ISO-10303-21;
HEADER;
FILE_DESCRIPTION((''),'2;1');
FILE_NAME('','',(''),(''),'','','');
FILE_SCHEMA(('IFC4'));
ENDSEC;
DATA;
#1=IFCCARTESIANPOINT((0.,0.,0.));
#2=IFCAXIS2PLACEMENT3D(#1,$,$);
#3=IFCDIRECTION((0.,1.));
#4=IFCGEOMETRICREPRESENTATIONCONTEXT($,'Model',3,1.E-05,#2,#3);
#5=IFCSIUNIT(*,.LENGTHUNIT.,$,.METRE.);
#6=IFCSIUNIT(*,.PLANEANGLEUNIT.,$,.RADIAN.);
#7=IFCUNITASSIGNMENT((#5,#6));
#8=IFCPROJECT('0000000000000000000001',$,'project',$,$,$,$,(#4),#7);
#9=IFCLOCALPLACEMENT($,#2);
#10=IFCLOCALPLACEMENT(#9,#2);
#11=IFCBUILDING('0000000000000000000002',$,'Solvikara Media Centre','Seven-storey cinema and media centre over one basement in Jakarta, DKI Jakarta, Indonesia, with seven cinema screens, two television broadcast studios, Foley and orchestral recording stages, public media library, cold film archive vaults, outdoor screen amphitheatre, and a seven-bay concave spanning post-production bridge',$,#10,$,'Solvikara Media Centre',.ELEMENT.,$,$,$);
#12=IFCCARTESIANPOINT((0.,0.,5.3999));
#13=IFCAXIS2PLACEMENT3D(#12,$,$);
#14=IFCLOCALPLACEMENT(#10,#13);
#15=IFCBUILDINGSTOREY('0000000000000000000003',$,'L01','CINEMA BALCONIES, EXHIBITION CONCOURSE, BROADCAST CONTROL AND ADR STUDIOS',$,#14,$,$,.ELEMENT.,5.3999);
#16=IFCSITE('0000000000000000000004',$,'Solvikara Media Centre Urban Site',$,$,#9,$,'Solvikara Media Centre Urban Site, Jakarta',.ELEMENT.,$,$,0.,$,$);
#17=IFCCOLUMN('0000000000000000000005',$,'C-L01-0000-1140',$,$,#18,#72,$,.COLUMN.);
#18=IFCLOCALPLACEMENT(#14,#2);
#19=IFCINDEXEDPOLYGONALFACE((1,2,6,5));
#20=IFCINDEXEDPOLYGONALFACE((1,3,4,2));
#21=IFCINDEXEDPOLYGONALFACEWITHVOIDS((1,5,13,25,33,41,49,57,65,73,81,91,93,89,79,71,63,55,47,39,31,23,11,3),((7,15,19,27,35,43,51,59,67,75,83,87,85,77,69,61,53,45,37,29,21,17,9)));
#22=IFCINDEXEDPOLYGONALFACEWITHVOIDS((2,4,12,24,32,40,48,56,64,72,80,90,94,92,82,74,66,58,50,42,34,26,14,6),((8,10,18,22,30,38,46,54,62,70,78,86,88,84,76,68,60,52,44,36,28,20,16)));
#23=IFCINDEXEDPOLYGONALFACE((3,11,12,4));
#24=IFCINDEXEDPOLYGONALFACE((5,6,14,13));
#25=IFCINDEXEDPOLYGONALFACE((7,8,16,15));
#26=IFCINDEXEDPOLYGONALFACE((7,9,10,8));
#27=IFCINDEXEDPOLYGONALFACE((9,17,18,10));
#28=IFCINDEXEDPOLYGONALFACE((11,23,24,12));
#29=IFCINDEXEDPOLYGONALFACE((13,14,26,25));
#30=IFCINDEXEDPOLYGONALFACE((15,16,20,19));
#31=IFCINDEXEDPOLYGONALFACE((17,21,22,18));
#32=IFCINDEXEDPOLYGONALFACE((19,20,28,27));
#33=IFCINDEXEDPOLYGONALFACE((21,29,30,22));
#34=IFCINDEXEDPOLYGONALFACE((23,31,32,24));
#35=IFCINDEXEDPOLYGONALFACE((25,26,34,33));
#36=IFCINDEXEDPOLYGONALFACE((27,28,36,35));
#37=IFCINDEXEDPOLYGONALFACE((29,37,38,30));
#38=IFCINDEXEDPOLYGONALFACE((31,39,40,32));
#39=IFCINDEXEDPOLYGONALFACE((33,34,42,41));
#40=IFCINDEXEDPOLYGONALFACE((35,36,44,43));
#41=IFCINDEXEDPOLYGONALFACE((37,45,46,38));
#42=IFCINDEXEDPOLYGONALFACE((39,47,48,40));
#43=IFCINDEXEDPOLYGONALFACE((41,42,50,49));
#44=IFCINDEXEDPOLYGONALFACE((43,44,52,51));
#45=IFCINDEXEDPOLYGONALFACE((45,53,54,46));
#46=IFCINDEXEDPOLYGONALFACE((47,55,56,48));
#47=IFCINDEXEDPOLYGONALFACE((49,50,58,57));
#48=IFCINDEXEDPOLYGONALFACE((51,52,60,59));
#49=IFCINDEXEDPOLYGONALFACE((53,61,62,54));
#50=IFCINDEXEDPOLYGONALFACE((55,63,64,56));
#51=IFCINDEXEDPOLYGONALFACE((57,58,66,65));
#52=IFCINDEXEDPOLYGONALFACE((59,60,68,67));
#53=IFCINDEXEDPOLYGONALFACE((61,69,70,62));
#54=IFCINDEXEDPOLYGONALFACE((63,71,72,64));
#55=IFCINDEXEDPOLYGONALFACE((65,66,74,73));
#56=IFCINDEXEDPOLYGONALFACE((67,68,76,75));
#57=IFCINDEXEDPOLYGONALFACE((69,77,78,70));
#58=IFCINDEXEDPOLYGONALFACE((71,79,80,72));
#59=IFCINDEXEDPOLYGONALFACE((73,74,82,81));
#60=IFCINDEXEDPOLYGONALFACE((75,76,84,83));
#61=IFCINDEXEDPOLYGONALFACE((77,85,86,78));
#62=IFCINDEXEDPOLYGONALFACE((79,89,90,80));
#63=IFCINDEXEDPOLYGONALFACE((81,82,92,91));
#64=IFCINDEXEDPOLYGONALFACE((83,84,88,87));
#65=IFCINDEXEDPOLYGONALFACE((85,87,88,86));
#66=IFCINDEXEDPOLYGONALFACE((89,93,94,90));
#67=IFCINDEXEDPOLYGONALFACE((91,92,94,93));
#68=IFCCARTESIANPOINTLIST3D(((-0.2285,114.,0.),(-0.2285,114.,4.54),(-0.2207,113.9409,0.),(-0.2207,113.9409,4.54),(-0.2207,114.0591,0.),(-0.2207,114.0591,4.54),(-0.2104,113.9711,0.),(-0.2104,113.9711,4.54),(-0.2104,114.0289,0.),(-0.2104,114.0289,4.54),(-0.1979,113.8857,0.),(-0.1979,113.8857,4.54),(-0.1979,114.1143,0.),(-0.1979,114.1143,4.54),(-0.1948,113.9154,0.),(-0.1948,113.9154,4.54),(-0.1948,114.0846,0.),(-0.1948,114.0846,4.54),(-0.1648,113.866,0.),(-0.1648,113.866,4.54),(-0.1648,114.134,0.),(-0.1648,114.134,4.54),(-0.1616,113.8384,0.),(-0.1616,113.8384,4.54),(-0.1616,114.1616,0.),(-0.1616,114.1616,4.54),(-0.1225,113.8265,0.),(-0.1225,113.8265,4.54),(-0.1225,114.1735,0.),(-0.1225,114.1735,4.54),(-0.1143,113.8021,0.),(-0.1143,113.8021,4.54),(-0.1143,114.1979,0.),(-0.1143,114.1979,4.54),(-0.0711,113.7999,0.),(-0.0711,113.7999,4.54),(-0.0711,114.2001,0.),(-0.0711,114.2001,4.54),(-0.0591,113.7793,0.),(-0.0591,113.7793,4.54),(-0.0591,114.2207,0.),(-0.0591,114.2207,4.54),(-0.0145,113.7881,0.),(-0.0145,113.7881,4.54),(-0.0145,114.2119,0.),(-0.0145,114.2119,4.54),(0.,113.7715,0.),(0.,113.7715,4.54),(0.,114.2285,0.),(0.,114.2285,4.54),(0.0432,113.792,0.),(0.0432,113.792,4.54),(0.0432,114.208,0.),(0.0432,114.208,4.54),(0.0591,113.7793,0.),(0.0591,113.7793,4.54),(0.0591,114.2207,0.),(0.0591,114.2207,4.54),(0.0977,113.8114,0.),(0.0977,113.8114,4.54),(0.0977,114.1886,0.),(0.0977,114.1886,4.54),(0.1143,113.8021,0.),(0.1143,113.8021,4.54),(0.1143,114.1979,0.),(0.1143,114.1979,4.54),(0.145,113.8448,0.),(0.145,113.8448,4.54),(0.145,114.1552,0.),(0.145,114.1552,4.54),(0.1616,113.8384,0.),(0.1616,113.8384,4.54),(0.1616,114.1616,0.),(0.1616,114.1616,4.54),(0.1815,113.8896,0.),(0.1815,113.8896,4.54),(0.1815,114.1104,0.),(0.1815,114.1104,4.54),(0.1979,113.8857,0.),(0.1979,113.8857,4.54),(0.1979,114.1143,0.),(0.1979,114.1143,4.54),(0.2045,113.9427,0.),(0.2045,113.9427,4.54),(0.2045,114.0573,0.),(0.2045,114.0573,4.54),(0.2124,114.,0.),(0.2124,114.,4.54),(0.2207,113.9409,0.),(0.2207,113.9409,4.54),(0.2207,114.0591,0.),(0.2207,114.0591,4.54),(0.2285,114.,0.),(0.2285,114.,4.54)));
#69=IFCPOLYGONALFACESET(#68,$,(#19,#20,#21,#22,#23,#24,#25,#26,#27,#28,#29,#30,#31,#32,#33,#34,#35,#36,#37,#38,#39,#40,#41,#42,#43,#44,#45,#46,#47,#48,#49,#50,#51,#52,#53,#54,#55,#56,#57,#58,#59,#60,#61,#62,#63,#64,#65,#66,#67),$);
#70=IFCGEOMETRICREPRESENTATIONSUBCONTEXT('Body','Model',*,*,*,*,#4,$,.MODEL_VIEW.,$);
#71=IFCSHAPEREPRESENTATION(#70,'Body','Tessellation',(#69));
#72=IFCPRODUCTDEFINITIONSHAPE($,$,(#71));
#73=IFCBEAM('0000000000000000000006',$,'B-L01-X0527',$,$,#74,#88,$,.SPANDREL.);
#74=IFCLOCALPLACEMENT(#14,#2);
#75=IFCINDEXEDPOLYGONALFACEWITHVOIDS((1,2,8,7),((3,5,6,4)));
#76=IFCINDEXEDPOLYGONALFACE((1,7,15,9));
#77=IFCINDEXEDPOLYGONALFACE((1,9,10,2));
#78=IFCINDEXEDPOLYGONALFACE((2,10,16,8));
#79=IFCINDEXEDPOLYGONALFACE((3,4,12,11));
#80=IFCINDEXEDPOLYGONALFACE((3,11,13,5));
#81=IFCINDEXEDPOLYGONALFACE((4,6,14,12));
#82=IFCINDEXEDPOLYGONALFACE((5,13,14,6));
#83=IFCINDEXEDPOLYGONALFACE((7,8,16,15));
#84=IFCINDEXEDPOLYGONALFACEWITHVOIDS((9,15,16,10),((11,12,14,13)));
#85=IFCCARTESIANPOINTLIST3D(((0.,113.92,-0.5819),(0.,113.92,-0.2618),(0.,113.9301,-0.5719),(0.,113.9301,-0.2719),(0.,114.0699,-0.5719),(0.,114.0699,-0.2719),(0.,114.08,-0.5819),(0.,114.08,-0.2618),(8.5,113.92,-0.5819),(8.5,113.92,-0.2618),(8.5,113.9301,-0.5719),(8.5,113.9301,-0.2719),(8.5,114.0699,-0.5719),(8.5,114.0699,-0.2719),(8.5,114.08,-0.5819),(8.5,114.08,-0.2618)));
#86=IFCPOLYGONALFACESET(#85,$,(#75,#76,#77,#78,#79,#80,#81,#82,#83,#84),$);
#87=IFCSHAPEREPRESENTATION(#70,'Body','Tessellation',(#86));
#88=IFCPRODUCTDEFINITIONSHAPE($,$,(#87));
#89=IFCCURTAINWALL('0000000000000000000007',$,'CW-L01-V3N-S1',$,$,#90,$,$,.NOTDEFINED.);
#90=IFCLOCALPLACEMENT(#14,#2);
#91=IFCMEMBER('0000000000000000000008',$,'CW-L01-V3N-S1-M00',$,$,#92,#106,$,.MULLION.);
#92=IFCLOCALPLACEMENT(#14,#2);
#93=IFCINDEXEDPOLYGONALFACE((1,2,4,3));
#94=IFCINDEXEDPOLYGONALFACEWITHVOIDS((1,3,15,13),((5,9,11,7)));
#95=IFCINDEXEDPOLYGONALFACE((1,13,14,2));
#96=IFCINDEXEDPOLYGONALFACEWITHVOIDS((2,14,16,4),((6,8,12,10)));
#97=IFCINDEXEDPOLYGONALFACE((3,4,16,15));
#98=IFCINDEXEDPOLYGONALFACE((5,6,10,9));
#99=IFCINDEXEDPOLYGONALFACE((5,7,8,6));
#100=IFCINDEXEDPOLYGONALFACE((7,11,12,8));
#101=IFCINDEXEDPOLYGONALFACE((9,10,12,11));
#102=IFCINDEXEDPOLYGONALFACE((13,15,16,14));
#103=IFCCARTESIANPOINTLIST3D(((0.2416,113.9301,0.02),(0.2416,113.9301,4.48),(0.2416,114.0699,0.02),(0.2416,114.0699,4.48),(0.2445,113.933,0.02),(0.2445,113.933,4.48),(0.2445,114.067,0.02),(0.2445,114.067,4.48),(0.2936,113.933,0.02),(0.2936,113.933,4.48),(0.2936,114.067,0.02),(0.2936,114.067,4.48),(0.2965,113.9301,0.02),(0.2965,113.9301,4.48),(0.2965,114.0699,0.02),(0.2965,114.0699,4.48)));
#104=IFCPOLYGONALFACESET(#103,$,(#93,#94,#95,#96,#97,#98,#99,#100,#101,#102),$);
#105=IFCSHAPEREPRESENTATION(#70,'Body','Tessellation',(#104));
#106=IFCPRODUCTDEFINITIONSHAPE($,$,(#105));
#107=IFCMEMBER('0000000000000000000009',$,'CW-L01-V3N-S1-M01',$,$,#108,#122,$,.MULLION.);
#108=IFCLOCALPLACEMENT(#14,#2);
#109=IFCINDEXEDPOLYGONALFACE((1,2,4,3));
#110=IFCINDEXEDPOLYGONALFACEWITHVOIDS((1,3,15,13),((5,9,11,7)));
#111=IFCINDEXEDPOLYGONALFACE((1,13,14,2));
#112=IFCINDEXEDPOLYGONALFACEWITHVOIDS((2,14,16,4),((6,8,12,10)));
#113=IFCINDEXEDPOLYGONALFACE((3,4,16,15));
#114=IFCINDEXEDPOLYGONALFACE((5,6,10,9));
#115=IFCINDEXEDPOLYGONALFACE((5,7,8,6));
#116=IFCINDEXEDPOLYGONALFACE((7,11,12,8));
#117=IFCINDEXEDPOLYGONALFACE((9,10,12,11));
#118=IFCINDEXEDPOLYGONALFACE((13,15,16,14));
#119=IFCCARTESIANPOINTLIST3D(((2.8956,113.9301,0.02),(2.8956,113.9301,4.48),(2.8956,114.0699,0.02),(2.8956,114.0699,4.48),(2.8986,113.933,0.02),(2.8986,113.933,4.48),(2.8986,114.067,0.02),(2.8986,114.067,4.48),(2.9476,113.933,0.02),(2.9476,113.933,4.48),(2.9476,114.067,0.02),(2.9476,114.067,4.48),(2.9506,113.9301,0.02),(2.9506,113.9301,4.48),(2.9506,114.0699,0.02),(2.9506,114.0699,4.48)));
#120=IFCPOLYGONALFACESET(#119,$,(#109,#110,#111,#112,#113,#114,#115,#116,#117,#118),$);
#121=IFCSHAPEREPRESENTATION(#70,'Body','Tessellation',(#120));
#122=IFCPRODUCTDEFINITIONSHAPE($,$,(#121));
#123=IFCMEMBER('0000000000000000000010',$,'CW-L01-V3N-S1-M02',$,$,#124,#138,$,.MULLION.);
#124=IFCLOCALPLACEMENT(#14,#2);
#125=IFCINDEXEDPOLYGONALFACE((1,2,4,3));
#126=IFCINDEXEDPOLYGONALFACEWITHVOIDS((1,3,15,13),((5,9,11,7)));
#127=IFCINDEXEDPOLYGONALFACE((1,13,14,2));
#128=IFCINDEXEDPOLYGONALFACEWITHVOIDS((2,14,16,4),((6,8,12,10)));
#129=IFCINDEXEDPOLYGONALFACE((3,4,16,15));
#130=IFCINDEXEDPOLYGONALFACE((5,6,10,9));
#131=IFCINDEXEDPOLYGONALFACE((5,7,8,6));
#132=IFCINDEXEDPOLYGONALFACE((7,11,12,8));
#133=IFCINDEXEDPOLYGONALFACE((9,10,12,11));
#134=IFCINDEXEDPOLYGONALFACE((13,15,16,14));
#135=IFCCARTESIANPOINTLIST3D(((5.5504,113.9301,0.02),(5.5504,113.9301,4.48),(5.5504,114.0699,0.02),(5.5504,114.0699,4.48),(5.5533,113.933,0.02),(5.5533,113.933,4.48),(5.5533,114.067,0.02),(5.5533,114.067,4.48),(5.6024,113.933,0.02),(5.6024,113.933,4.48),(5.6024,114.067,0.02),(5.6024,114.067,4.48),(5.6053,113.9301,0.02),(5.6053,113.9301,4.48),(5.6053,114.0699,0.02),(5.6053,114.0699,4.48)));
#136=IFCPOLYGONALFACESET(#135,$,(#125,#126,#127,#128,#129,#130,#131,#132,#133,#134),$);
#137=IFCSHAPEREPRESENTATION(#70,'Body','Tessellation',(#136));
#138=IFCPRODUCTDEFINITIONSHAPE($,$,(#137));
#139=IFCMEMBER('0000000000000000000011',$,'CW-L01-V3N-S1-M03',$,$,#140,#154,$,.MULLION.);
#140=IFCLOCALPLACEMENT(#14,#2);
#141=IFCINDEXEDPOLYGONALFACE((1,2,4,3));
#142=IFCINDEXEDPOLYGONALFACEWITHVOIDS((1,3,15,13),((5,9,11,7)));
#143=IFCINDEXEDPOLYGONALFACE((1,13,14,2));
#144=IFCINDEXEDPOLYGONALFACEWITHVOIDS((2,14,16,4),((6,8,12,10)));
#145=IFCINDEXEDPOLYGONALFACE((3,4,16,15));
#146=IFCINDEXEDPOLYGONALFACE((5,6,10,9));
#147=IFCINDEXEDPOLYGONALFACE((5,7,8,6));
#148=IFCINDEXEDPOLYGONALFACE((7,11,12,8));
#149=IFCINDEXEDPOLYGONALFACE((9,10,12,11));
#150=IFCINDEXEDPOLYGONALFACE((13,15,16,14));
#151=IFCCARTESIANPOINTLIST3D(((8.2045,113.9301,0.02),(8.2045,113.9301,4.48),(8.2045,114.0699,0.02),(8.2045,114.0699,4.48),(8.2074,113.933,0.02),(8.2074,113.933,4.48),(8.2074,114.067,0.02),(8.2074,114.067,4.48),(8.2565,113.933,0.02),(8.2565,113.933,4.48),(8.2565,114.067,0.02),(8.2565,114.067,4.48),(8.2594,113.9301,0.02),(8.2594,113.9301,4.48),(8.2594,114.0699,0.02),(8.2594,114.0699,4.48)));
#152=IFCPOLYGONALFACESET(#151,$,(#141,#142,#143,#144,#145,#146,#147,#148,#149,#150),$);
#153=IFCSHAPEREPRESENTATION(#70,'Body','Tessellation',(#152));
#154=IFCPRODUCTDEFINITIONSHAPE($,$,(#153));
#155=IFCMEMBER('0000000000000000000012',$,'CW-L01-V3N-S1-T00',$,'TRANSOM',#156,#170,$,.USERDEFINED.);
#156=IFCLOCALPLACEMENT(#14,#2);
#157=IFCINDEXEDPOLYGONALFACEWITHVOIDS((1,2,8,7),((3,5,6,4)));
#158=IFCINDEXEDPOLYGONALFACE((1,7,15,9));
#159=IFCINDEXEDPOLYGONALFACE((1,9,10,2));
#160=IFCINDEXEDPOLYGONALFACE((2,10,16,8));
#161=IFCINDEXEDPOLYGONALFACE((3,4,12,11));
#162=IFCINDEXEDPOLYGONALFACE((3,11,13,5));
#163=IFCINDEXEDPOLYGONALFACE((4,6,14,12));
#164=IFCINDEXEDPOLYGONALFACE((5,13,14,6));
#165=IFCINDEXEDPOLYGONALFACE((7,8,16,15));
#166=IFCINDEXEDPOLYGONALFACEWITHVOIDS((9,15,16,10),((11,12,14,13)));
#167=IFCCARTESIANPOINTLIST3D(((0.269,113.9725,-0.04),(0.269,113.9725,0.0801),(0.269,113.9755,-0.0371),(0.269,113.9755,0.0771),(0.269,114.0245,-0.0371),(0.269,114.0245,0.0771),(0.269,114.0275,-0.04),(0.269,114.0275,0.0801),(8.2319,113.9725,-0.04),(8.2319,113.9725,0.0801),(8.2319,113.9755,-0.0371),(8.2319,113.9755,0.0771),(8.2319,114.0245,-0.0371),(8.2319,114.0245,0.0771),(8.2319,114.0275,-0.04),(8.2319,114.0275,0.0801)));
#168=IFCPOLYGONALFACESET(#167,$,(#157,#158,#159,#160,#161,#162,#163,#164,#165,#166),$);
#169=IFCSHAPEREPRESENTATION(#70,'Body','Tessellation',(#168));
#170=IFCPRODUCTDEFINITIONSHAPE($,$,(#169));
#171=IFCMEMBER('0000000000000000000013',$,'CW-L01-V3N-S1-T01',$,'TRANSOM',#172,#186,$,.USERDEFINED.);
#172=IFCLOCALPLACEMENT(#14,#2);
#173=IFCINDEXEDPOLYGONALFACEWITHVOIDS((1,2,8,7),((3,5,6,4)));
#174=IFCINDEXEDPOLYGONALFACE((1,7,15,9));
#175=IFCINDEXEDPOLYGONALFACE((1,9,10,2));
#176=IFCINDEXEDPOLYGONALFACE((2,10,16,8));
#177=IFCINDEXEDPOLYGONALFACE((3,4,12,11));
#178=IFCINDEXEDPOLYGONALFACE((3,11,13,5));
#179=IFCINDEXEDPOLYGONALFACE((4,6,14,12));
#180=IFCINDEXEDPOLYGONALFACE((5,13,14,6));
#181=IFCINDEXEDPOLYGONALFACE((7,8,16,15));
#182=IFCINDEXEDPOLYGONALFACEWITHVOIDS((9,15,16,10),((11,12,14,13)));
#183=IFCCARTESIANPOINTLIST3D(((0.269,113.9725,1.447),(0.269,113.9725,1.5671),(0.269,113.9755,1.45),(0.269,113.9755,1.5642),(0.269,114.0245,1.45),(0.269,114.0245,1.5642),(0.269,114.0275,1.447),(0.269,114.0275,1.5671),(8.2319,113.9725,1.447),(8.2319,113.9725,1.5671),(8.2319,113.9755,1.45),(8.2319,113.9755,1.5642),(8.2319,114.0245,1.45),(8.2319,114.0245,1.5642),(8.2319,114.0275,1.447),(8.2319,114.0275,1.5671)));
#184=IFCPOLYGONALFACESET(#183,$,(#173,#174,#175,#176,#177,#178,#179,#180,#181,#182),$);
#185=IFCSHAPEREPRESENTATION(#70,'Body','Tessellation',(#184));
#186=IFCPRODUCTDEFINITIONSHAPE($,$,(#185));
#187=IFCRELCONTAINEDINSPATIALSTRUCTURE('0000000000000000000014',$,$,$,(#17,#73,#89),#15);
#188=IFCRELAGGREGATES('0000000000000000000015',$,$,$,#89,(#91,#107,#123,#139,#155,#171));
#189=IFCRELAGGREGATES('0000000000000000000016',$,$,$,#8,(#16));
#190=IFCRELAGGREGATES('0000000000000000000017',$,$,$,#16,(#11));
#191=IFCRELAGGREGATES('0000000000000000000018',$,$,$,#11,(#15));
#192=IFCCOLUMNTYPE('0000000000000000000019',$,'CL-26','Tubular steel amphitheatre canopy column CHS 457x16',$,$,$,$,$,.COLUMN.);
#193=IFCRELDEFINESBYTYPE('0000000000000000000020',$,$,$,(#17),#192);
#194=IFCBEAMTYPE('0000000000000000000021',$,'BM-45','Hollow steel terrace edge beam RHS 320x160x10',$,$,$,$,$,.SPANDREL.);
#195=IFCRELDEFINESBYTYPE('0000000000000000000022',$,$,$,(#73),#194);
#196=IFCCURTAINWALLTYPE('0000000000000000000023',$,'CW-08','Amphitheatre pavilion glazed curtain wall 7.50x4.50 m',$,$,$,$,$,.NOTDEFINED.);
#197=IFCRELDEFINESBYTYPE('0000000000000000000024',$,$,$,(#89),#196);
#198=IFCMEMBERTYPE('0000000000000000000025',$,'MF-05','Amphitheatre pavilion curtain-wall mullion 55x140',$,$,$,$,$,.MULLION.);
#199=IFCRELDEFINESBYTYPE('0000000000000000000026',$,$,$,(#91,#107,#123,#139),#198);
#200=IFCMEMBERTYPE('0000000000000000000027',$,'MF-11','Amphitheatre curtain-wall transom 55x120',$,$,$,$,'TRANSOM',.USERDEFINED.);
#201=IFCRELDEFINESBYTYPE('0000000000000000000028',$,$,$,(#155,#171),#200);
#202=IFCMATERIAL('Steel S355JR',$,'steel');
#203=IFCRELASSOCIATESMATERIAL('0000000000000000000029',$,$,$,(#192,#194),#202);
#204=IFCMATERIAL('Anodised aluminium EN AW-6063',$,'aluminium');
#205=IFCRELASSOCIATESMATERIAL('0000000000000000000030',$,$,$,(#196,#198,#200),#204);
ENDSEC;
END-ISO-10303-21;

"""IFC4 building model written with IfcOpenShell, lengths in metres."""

from ifc_helpers import new_model, si_unit, direction, frame, origin, origin_2d, place, context, subcontext, project, spatial, hollow_rectangle, hollow_circle, extrude, material, material_profile, profile_set, type_object, element, aggregate, save


model = new_model("IFC4")

# Units and contexts
model_context = context("Model", 3, precision=1e-05, world=origin(), true_north=direction((0.0, 1.0)))
body_context = subcontext(model_context, "Body", "Model", "MODEL_VIEW")
ifc_project = project(units=[si_unit("LENGTHUNIT", "METRE"), si_unit("PLANEANGLEUNIT", "RADIAN")], contexts=[model_context])

# Site, building, storey
site_placement = place(None, origin())
site = spatial("IfcSite", under=ifc_project, at=site_placement, Name="Solvikara Media Centre Urban Site", LongName="Solvikara Media Centre Urban Site, Jakarta", CompositionType="ELEMENT", RefElevation=0.0)
building_placement = place(site_placement, origin())
building = spatial("IfcBuilding", under=site, at=building_placement, Name="Solvikara Media Centre", Description="Seven-storey cinema and media centre over one basement in Jakarta, DKI Jakarta, Indonesia, with seven cinema screens, two television broadcast studios, Foley and orchestral recording stages, public media library, cold film archive vaults, outdoor screen amphitheatre, and a seven-bay concave spanning post-production bridge", LongName="Solvikara Media Centre", CompositionType="ELEMENT")
storey_placement = place(building_placement, frame((0.0, 0.0, 5.3999)))
storey = spatial("IfcBuildingStorey", under=building, at=storey_placement, Name="L01", Description="CINEMA BALCONIES, EXHIBITION CONCOURSE, BROADCAST CONTROL AND ADR STUDIOS", CompositionType="ELEMENT", Elevation=5.3999)

# Column
ifc_material_1 = material(Name="Steel S355JR", Category="steel")
ifc_material_profile_1 = material_profile(ifc_material_1, hollow_circle(Radius=0.2285, WallThickness=0.0161, at=origin_2d()), Name="CHS 457x16")
ifc_profile_set_1 = profile_set([ifc_material_profile_1], Name="Steel S355JR")
column_type = type_object("IfcColumnType", Name="CL-26", Description="Tubular steel amphitheatre canopy column CHS 457x16", PredefinedType="COLUMN", material=ifc_profile_set_1)
column_placement = place(storey_placement, frame((0.0, 114.0, 0.0), z_axis=(0.0, 0.0, 1.0), x_axis=(1.0, 0.0, 0.0)))
element("IfcColumn", 1, at=column_placement, inside=storey, type_object=column_type, Name="C-L01-0000-1140", PredefinedType="COLUMN", context=body_context, shape_type="SweptSolid", body=[
    extrude(hollow_circle(Radius=0.2285, WallThickness=0.0161, at=origin_2d()), origin(), (0.0, 0.0, 1.0), 4.54),
])

# Beam
ifc_material_profile_2 = material_profile(ifc_material_1, hollow_rectangle(XDim=0.1599, YDim=0.3201, WallThickness=0.01, at=origin_2d()), Name="RHS 320x160x10")
ifc_profile_set_2 = profile_set([ifc_material_profile_2], Name="Steel S355JR")
beam_type = type_object("IfcBeamType", Name="BM-45", Description="Hollow steel terrace edge beam RHS 320x160x10", PredefinedType="SPANDREL", material=ifc_profile_set_2)
beam_placement = place(storey_placement, frame((0.0, 114.0, -0.4219), z_axis=(1.0, 0.0, 0.0), x_axis=(0.0, 1.0, 0.0)))
element("IfcBeam", 2, at=beam_placement, inside=storey, type_object=beam_type, Name="B-L01-X0527", PredefinedType="SPANDREL", context=body_context, shape_type="SweptSolid", body=[
    extrude(hollow_rectangle(XDim=0.1599, YDim=0.3201, WallThickness=0.01, at=origin_2d()), origin(), (0.0, 0.0, 1.0), 8.5),
])

# Curtain wall, members
ifc_material_2 = material(Name="Anodised aluminium EN AW-6063", Category="aluminium")
curtain_wall_type = type_object("IfcCurtainWallType", Name="CW-08", Description="Amphitheatre pavilion glazed curtain wall 7.50x4.50 m", PredefinedType="NOTDEFINED", material=ifc_material_2)
curtain_wall_placement = place(storey_placement, origin())
curtain_wall = element("IfcCurtainWall", 3, at=curtain_wall_placement, inside=storey, type_object=curtain_wall_type, Name="CW-L01-V3N-S1", PredefinedType="NOTDEFINED")
ifc_material_profile_3 = material_profile(ifc_material_2, hollow_rectangle(XDim=0.0549, YDim=0.1399, WallThickness=0.0029, at=origin_2d()), Name="ALU-M 55x140x3")
ifc_profile_set_3 = profile_set([ifc_material_profile_3], Name="Anodised aluminium EN AW-6063")
member_type_1 = type_object("IfcMemberType", Name="MF-05", Description="Amphitheatre pavilion curtain-wall mullion 55x140", PredefinedType="MULLION", material=ifc_profile_set_3)
member_1_placement = place(storey_placement, frame((0.269, 114.0, 0.02), z_axis=(0.0, 0.0, 1.0), x_axis=(1.0, 0.0, 0.0)))
member_1 = element("IfcMember", 4, at=member_1_placement, type_object=member_type_1, Name="CW-L01-V3N-S1-M00", PredefinedType="MULLION", context=body_context, shape_type="SweptSolid", body=[
    extrude(hollow_rectangle(XDim=0.0549, YDim=0.1399, WallThickness=0.0029, at=origin_2d()), origin(), (0.0, 0.0, 1.0), 4.46),
])
member_2_placement = place(storey_placement, frame((2.9231, 114.0, 0.02), z_axis=(0.0, 0.0, 1.0), x_axis=(1.0, 0.0, 0.0)))
member_2 = element("IfcMember", 5, at=member_2_placement, type_object=member_type_1, Name="CW-L01-V3N-S1-M01", PredefinedType="MULLION", context=body_context, shape_type="SweptSolid", body=[
    extrude(hollow_rectangle(XDim=0.0549, YDim=0.1399, WallThickness=0.0029, at=origin_2d()), origin(), (0.0, 0.0, 1.0), 4.46),
])
member_3_placement = place(storey_placement, frame((5.5779, 114.0, 0.02), z_axis=(0.0, 0.0, 1.0), x_axis=(1.0, 0.0, 0.0)))
member_3 = element("IfcMember", 6, at=member_3_placement, type_object=member_type_1, Name="CW-L01-V3N-S1-M02", PredefinedType="MULLION", context=body_context, shape_type="SweptSolid", body=[
    extrude(hollow_rectangle(XDim=0.0549, YDim=0.1399, WallThickness=0.0029, at=origin_2d()), origin(), (0.0, 0.0, 1.0), 4.46),
])
member_4_placement = place(storey_placement, frame((8.2319, 114.0, 0.02), z_axis=(0.0, 0.0, 1.0), x_axis=(1.0, 0.0, 0.0)))
member_4 = element("IfcMember", 7, at=member_4_placement, type_object=member_type_1, Name="CW-L01-V3N-S1-M03", PredefinedType="MULLION", context=body_context, shape_type="SweptSolid", body=[
    extrude(hollow_rectangle(XDim=0.0549, YDim=0.1399, WallThickness=0.0029, at=origin_2d()), origin(), (0.0, 0.0, 1.0), 4.46),
])
ifc_material_profile_4 = material_profile(ifc_material_2, hollow_rectangle(XDim=0.0549, YDim=0.1201, WallThickness=0.0029, at=origin_2d()), Name="ALU-T 55x120x3")
ifc_profile_set_4 = profile_set([ifc_material_profile_4], Name="Anodised aluminium EN AW-6063")
member_type_2 = type_object("IfcMemberType", Name="MF-11", Description="Amphitheatre curtain-wall transom 55x120", ElementType="TRANSOM", PredefinedType="USERDEFINED", material=ifc_profile_set_4)
member_5_placement = place(storey_placement, frame((0.269, 114.0, 0.02), z_axis=(1.0, 0.0, 0.0), x_axis=(0.0, 1.0, 0.0)))
member_5 = element("IfcMember", 8, at=member_5_placement, type_object=member_type_2, Name="CW-L01-V3N-S1-T00", ObjectType="TRANSOM", PredefinedType="USERDEFINED", context=body_context, shape_type="SweptSolid", body=[
    extrude(hollow_rectangle(XDim=0.0549, YDim=0.1201, WallThickness=0.0029, at=origin_2d()), origin(), (0.0, 0.0, 1.0), 7.9629),
])
member_6_placement = place(storey_placement, frame((0.269, 114.0, 1.5071), z_axis=(1.0, 0.0, 0.0), x_axis=(0.0, 1.0, 0.0)))
member_6 = element("IfcMember", 9, at=member_6_placement, type_object=member_type_2, Name="CW-L01-V3N-S1-T01", ObjectType="TRANSOM", PredefinedType="USERDEFINED", context=body_context, shape_type="SweptSolid", body=[
    extrude(hollow_rectangle(XDim=0.0549, YDim=0.1201, WallThickness=0.0029, at=origin_2d()), origin(), (0.0, 0.0, 1.0), 7.9629),
])
aggregate(curtain_wall, [member_1, member_2, member_3, member_4, member_5, member_6])

save(model, "model.ifc")
